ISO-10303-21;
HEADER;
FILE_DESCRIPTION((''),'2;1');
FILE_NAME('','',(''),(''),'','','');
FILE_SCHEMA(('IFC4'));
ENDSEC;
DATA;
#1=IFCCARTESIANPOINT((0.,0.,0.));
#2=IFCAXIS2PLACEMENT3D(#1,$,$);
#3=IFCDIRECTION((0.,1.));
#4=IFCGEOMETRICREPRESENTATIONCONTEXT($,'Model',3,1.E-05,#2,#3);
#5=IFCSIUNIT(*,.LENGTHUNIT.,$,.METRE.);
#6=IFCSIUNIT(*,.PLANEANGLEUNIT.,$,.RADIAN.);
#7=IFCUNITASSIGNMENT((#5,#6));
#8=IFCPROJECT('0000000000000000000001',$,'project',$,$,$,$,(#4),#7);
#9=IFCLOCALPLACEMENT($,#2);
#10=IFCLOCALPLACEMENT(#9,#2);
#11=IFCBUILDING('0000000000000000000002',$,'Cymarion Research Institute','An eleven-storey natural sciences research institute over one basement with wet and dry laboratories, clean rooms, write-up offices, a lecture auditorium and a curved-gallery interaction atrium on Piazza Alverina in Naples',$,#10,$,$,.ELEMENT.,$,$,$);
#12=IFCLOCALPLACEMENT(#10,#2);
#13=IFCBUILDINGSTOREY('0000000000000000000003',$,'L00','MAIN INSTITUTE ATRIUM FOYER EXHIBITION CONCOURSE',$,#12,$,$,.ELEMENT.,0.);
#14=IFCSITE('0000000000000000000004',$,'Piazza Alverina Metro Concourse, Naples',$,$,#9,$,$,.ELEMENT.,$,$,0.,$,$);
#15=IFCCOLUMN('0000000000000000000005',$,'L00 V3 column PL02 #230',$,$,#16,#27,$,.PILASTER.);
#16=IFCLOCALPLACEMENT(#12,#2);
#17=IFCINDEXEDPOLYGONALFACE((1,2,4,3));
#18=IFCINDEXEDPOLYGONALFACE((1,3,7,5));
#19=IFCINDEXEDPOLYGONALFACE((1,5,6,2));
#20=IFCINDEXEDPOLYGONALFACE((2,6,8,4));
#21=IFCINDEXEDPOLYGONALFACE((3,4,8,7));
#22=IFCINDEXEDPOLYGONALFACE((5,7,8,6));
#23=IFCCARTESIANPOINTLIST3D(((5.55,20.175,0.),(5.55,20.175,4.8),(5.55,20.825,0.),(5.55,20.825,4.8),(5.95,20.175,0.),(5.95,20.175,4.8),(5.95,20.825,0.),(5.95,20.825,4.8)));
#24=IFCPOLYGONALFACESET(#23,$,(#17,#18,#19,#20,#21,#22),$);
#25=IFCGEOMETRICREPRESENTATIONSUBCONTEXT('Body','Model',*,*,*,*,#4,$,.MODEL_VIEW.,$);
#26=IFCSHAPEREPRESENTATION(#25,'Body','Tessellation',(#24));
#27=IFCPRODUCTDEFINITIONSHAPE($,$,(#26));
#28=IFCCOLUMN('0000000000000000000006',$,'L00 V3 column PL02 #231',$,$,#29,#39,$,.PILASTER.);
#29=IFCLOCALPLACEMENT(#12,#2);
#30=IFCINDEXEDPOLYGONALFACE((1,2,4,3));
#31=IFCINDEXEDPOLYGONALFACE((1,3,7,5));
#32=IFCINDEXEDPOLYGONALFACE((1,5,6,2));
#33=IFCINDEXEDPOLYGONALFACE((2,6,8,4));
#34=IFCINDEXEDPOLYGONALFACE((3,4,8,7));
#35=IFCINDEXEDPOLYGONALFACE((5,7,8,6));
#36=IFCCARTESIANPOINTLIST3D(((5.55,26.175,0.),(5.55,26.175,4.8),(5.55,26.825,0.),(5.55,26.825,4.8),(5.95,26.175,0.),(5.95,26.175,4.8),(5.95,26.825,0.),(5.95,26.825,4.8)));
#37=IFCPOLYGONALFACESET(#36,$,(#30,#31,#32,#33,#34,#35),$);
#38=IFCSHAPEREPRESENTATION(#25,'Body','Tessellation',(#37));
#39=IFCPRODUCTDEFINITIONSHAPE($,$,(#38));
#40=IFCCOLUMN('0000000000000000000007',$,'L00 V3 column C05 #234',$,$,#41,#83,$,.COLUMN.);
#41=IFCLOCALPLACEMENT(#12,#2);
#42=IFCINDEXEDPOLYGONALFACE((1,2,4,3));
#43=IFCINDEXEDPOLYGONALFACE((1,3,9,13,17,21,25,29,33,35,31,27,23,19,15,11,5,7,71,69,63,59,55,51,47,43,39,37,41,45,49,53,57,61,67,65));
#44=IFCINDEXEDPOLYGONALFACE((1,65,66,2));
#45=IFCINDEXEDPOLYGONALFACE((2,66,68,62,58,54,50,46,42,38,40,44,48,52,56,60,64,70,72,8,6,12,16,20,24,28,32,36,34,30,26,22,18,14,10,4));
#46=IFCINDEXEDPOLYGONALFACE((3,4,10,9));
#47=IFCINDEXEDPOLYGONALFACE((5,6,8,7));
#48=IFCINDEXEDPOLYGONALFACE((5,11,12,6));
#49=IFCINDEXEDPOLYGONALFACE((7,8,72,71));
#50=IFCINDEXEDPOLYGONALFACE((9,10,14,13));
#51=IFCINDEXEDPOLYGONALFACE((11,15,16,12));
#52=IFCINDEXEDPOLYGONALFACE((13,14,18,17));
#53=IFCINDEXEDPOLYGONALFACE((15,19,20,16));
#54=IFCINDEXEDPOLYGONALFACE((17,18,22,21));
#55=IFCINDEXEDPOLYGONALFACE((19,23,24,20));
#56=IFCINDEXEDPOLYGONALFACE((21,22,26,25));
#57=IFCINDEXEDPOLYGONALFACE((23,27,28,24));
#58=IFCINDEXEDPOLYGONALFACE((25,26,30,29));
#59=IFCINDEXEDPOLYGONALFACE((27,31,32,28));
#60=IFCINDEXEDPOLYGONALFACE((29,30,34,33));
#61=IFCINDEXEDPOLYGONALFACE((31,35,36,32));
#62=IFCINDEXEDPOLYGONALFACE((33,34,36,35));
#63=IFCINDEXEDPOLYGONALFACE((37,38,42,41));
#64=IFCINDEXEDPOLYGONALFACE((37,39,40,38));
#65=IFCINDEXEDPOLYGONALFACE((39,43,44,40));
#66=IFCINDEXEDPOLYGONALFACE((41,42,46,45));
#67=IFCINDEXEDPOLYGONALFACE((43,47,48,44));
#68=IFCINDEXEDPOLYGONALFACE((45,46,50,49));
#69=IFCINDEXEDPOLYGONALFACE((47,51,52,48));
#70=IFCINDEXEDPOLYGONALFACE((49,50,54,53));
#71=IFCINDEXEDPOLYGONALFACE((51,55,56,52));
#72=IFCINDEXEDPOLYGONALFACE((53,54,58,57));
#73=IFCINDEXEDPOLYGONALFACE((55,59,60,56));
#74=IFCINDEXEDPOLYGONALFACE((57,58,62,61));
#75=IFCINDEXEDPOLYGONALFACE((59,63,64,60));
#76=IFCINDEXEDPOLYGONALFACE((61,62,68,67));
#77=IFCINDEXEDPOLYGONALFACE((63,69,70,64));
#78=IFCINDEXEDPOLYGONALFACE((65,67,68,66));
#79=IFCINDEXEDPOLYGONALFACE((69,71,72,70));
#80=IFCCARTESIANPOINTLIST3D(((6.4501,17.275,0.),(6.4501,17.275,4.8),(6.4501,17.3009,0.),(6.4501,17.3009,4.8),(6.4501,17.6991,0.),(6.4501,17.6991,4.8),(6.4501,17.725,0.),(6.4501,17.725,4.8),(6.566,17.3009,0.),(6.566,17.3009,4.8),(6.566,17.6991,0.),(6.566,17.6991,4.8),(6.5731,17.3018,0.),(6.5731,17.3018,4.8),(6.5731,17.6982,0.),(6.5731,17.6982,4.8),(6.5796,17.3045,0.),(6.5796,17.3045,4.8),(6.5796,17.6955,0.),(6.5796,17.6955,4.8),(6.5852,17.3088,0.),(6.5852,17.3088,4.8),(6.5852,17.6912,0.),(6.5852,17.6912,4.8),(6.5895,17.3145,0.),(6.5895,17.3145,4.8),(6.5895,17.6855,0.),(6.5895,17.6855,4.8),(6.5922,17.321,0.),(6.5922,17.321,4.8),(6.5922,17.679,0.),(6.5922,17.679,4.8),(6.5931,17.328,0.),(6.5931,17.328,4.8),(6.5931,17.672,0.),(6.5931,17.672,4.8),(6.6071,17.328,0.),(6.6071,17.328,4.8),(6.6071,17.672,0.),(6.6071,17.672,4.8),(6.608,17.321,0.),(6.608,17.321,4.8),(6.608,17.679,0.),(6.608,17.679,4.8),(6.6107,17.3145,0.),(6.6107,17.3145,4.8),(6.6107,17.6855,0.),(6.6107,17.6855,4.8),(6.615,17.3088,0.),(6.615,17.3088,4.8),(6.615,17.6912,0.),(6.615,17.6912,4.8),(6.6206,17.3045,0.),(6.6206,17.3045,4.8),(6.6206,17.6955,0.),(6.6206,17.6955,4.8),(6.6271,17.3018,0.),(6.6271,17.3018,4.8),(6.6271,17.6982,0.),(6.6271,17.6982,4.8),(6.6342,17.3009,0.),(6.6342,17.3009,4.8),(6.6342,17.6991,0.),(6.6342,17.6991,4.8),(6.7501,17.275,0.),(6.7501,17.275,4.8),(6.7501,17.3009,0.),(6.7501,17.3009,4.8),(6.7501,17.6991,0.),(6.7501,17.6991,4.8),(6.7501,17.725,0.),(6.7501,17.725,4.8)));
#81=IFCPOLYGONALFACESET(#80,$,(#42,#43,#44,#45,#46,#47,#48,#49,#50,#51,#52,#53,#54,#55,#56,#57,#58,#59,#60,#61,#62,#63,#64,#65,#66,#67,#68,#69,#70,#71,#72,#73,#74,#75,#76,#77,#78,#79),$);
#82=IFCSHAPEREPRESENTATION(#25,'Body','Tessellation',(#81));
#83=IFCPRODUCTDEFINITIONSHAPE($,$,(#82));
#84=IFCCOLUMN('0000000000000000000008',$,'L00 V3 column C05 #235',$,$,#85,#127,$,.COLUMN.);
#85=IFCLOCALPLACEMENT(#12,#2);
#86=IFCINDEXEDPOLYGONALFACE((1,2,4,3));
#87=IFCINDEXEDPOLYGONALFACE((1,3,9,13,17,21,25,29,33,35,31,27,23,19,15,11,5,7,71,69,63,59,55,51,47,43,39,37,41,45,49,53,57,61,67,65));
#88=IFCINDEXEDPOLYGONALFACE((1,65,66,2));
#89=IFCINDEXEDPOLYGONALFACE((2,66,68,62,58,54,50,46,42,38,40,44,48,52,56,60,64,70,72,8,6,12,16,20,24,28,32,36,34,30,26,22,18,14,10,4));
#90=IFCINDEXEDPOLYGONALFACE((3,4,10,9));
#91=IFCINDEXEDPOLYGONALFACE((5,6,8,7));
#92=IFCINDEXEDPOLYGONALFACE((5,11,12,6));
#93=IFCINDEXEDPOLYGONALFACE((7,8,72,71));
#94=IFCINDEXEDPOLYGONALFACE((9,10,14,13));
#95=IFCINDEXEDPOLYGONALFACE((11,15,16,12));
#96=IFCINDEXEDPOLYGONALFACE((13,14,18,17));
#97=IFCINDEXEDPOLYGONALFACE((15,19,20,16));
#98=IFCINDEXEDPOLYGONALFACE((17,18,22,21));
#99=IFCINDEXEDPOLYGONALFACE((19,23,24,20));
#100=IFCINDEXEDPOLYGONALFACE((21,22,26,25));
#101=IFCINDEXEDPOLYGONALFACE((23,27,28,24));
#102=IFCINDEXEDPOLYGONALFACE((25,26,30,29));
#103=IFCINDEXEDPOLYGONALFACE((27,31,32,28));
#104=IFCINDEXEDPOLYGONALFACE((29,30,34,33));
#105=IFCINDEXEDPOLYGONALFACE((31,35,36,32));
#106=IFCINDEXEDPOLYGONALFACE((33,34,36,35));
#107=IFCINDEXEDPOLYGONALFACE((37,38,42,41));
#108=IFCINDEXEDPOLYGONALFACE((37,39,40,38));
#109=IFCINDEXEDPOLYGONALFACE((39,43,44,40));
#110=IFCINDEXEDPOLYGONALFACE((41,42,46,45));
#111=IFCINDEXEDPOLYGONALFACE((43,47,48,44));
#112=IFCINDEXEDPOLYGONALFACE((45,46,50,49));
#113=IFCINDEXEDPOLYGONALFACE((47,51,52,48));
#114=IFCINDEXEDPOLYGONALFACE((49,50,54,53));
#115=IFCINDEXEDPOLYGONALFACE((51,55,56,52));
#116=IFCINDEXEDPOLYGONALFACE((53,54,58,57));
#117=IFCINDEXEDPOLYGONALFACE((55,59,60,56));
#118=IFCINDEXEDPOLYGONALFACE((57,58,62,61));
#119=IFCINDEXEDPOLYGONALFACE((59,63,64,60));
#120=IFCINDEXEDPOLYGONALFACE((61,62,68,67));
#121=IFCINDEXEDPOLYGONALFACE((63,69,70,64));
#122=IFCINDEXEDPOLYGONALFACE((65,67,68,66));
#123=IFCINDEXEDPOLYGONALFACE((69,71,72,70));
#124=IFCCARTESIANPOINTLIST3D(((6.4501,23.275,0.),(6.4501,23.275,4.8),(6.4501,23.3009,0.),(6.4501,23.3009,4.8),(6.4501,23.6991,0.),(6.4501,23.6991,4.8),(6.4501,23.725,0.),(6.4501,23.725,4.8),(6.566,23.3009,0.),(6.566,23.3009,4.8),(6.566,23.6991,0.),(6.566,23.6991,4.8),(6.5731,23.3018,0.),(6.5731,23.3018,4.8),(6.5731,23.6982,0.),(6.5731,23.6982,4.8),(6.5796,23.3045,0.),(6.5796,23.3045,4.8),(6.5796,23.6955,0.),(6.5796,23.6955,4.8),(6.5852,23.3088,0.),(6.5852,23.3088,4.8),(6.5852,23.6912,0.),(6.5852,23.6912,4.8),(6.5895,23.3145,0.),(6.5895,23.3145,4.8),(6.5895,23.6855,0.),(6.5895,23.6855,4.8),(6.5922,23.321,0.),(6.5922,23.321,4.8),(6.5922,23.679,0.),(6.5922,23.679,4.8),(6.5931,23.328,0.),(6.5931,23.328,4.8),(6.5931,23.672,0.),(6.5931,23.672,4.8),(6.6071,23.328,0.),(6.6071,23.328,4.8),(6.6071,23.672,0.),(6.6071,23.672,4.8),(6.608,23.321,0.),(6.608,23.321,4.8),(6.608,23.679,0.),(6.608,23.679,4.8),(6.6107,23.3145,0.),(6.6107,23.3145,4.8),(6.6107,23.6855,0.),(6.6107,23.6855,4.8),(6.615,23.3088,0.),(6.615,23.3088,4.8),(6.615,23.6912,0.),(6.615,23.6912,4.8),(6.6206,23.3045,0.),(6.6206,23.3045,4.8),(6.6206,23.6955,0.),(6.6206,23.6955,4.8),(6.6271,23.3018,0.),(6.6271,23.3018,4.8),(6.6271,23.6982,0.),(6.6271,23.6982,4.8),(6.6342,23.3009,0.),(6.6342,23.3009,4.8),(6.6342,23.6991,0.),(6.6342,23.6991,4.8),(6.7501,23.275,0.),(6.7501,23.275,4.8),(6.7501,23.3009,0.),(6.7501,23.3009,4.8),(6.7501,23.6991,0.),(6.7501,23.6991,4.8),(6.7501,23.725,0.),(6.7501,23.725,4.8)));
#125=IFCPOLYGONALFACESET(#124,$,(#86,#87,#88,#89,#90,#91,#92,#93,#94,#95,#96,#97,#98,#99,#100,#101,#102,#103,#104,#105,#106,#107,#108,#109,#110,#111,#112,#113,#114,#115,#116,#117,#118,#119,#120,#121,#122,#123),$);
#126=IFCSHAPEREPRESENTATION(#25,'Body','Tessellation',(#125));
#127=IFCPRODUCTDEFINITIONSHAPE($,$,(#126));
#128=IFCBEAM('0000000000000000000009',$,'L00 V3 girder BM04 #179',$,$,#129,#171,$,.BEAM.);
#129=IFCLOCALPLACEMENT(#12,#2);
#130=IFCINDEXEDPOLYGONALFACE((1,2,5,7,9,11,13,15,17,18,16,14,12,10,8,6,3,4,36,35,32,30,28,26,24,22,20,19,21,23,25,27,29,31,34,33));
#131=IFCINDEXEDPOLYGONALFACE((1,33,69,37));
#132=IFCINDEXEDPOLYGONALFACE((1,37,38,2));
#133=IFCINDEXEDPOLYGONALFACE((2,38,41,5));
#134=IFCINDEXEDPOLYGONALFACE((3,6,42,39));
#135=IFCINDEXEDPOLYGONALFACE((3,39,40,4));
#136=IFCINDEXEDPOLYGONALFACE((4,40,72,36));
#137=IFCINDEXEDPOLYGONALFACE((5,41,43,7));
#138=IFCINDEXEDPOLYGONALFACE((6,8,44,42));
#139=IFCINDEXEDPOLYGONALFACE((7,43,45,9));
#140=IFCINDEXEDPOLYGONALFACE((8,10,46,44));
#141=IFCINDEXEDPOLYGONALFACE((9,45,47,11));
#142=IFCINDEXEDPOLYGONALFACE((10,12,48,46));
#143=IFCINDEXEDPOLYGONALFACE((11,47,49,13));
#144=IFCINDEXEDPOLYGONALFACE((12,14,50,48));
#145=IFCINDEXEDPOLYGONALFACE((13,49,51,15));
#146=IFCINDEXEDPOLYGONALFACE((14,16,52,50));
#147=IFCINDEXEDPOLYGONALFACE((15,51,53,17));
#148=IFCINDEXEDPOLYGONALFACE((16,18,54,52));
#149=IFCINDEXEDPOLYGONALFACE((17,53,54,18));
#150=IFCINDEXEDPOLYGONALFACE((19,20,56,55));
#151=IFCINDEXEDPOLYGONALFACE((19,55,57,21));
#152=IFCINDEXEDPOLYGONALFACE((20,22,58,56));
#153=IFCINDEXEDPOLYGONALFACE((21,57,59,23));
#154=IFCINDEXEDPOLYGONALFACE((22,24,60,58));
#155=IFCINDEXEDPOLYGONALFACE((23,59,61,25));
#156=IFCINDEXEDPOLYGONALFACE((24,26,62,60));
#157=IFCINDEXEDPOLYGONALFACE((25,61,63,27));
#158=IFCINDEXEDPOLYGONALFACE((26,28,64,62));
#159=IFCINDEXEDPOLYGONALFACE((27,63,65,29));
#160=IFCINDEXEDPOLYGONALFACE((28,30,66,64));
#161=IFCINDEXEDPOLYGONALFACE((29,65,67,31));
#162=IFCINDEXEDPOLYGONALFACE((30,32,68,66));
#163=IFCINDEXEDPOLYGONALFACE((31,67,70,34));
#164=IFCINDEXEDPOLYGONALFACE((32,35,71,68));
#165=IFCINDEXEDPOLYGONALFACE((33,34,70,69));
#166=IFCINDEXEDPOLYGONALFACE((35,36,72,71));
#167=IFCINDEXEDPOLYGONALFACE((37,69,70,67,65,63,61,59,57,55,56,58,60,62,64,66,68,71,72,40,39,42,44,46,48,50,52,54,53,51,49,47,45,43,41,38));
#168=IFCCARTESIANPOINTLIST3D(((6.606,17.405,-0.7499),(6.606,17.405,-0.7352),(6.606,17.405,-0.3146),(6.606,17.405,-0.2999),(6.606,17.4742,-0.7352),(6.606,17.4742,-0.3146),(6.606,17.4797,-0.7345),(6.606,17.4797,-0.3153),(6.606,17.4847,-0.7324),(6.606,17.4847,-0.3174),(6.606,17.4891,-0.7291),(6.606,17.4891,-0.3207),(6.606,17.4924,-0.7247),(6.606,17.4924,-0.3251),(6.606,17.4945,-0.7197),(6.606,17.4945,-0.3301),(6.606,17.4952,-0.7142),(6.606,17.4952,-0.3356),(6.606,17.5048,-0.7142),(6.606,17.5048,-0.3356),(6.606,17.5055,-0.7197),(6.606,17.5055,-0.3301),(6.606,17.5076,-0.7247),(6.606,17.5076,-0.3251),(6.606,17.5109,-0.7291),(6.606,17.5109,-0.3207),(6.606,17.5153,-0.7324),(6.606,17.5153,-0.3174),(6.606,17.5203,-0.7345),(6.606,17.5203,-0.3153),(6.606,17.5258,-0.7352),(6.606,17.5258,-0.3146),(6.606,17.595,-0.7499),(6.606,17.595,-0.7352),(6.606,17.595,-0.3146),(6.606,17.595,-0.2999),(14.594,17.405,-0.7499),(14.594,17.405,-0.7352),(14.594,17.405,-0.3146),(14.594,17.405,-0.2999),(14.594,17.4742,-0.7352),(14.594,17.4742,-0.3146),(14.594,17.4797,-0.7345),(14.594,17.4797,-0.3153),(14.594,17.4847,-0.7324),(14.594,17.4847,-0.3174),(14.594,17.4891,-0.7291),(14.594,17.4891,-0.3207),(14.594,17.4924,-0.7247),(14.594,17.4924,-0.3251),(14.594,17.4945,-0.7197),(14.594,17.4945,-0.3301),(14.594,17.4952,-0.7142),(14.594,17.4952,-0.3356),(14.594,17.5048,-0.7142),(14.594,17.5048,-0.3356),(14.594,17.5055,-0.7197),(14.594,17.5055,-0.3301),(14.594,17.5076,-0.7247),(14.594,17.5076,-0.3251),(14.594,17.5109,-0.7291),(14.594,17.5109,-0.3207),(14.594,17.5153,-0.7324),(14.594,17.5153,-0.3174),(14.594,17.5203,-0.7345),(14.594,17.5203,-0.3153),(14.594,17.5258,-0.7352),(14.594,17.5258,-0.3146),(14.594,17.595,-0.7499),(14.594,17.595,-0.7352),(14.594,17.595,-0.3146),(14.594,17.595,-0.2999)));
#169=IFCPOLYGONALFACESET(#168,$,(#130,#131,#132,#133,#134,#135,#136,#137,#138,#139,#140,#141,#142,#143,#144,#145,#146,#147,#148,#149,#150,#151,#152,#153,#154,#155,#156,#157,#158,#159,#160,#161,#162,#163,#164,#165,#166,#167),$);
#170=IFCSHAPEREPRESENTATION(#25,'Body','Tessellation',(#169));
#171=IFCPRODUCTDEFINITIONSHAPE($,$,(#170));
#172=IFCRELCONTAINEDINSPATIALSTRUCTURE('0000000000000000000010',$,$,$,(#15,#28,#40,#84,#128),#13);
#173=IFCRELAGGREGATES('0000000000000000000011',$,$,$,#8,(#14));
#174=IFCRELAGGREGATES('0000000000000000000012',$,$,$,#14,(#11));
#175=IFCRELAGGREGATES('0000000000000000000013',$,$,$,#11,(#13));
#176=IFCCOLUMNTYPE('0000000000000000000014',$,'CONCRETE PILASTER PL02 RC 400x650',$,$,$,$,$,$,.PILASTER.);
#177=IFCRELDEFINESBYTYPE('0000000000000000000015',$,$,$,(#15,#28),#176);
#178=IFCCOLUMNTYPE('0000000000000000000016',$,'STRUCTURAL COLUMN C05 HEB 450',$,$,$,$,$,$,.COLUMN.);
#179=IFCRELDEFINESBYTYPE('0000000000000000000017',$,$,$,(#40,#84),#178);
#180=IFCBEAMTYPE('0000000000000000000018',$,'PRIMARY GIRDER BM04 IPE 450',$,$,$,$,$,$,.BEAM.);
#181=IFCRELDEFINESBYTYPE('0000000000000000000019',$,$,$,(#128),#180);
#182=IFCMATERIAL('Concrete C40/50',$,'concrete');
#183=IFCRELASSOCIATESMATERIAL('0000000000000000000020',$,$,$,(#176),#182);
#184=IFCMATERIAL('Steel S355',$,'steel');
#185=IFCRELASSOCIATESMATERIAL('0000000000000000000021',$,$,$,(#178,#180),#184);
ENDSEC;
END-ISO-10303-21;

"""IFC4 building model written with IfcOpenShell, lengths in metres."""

from ifc_helpers import new_model, si_unit, direction, frame, origin, origin_2d, place, context, subcontext, project, spatial, rectangle, i_section, extrude, material, material_profile, profile_set, type_object, element, save


model = new_model("IFC4")

# Units and contexts
model_context = context("Model", 3, precision=1e-05, world=origin(), true_north=direction((0.0, 1.0)))
body_context = subcontext(model_context, "Body", "Model", "MODEL_VIEW")
ifc_project = project(units=[si_unit("LENGTHUNIT", "METRE"), si_unit("PLANEANGLEUNIT", "RADIAN")], contexts=[model_context])

# Site, building, storey
site_placement = place(None, origin())
site = spatial("IfcSite", under=ifc_project, at=site_placement, Name="Piazza Alverina Metro Concourse, Naples", CompositionType="ELEMENT", RefElevation=0.0)
building_placement = place(site_placement, origin())
building = spatial("IfcBuilding", under=site, at=building_placement, Name="Cymarion Research Institute", Description="An eleven-storey natural sciences research institute over one basement with wet and dry laboratories, clean rooms, write-up offices, a lecture auditorium and a curved-gallery interaction atrium on Piazza Alverina in Naples", CompositionType="ELEMENT")
storey_placement = place(building_placement, origin())
storey = spatial("IfcBuildingStorey", under=building, at=storey_placement, Name="L00", Description="MAIN INSTITUTE ATRIUM FOYER EXHIBITION CONCOURSE", CompositionType="ELEMENT", Elevation=0.0)

# Columns
ifc_material_1 = material(Name="Concrete C40/50", Category="concrete")
ifc_material_profile_1 = material_profile(ifc_material_1, rectangle(XDim=0.3999, YDim=0.6499, at=origin_2d()), Name="RC 400x650")
ifc_profile_set_1 = profile_set([ifc_material_profile_1], Name="Concrete C40/50")
column_type_1 = type_object("IfcColumnType", Name="CONCRETE PILASTER PL02 RC 400x650", PredefinedType="PILASTER", material=ifc_profile_set_1)
for number, where, z_axis, x_axis, name in (
    (1, (5.75, 20.5, 0.0), (0.0, 0.0, 1.0), (1.0, 0.0, 0.0), "L00 V3 column PL02 #230"),
    (2, (5.75, 26.5, 0.0), (0.0, 0.0, 1.0), (1.0, 0.0, 0.0), "L00 V3 column PL02 #231"),
):
    element("IfcColumn", number, at=place(storey_placement, frame(where, z_axis=z_axis, x_axis=x_axis)), inside=storey, type_object=column_type_1, Name=name, PredefinedType="PILASTER", context=body_context, shape_type="SweptSolid", body=[
        extrude(rectangle(XDim=0.3999, YDim=0.6499, at=origin_2d()), origin(), (0.0, 0.0, 1.0), 4.8),
    ])
ifc_material_2 = material(Name="Steel S355", Category="steel")
ifc_material_profile_2 = material_profile(ifc_material_2, i_section(OverallWidth=0.3, OverallDepth=0.45, WebThickness=0.0139, FlangeThickness=0.0259, FilletRadius=0.0271, at=origin_2d()), Name="HEB 450")
ifc_profile_set_2 = profile_set([ifc_material_profile_2], Name="Steel S355")
column_type_2 = type_object("IfcColumnType", Name="STRUCTURAL COLUMN C05 HEB 450", PredefinedType="COLUMN", material=ifc_profile_set_2)
for number, where, z_axis, x_axis, name in (
    (3, (6.6001, 17.5, 0.0), (0.0, 0.0, 1.0), (1.0, 0.0, 0.0), "L00 V3 column C05 #234"),
    (4, (6.6001, 23.5, 0.0), (0.0, 0.0, 1.0), (1.0, 0.0, 0.0), "L00 V3 column C05 #235"),
):
    element("IfcColumn", number, at=place(storey_placement, frame(where, z_axis=z_axis, x_axis=x_axis)), inside=storey, type_object=column_type_2, Name=name, PredefinedType="COLUMN", context=body_context, shape_type="SweptSolid", body=[
        extrude(i_section(OverallWidth=0.3, OverallDepth=0.45, WebThickness=0.0139, FlangeThickness=0.0259, FilletRadius=0.0271, at=origin_2d()), origin(), (0.0, 0.0, 1.0), 4.8),
    ])

# Beam
ifc_material_profile_3 = material_profile(ifc_material_2, i_section(OverallWidth=0.1899, OverallDepth=0.45, WebThickness=0.0095, FlangeThickness=0.0146, FilletRadius=0.021, at=origin_2d()), Name="IPE 450")
ifc_profile_set_3 = profile_set([ifc_material_profile_3], Name="Steel S355")
beam_type_1 = type_object("IfcBeamType", Name="PRIMARY GIRDER BM04 IPE 450", PredefinedType="BEAM", material=ifc_profile_set_3)
for number, where, z_axis, x_axis, name in (
    (5, (6.606, 17.5, -0.5249), (1.0, 0.0, 0.0), (0.0, 1.0, 0.0), "L00 V3 girder BM04 #179"),
):
    element("IfcBeam", number, at=place(storey_placement, frame(where, z_axis=z_axis, x_axis=x_axis)), inside=storey, type_object=beam_type_1, Name=name, PredefinedType="BEAM", context=body_context, shape_type="SweptSolid", body=[
        extrude(i_section(OverallWidth=0.1899, OverallDepth=0.45, WebThickness=0.0095, FlangeThickness=0.0146, FilletRadius=0.021, at=origin_2d()), origin(), (0.0, 0.0, 1.0), 7.988),
    ])

save(model, "model.ifc")
